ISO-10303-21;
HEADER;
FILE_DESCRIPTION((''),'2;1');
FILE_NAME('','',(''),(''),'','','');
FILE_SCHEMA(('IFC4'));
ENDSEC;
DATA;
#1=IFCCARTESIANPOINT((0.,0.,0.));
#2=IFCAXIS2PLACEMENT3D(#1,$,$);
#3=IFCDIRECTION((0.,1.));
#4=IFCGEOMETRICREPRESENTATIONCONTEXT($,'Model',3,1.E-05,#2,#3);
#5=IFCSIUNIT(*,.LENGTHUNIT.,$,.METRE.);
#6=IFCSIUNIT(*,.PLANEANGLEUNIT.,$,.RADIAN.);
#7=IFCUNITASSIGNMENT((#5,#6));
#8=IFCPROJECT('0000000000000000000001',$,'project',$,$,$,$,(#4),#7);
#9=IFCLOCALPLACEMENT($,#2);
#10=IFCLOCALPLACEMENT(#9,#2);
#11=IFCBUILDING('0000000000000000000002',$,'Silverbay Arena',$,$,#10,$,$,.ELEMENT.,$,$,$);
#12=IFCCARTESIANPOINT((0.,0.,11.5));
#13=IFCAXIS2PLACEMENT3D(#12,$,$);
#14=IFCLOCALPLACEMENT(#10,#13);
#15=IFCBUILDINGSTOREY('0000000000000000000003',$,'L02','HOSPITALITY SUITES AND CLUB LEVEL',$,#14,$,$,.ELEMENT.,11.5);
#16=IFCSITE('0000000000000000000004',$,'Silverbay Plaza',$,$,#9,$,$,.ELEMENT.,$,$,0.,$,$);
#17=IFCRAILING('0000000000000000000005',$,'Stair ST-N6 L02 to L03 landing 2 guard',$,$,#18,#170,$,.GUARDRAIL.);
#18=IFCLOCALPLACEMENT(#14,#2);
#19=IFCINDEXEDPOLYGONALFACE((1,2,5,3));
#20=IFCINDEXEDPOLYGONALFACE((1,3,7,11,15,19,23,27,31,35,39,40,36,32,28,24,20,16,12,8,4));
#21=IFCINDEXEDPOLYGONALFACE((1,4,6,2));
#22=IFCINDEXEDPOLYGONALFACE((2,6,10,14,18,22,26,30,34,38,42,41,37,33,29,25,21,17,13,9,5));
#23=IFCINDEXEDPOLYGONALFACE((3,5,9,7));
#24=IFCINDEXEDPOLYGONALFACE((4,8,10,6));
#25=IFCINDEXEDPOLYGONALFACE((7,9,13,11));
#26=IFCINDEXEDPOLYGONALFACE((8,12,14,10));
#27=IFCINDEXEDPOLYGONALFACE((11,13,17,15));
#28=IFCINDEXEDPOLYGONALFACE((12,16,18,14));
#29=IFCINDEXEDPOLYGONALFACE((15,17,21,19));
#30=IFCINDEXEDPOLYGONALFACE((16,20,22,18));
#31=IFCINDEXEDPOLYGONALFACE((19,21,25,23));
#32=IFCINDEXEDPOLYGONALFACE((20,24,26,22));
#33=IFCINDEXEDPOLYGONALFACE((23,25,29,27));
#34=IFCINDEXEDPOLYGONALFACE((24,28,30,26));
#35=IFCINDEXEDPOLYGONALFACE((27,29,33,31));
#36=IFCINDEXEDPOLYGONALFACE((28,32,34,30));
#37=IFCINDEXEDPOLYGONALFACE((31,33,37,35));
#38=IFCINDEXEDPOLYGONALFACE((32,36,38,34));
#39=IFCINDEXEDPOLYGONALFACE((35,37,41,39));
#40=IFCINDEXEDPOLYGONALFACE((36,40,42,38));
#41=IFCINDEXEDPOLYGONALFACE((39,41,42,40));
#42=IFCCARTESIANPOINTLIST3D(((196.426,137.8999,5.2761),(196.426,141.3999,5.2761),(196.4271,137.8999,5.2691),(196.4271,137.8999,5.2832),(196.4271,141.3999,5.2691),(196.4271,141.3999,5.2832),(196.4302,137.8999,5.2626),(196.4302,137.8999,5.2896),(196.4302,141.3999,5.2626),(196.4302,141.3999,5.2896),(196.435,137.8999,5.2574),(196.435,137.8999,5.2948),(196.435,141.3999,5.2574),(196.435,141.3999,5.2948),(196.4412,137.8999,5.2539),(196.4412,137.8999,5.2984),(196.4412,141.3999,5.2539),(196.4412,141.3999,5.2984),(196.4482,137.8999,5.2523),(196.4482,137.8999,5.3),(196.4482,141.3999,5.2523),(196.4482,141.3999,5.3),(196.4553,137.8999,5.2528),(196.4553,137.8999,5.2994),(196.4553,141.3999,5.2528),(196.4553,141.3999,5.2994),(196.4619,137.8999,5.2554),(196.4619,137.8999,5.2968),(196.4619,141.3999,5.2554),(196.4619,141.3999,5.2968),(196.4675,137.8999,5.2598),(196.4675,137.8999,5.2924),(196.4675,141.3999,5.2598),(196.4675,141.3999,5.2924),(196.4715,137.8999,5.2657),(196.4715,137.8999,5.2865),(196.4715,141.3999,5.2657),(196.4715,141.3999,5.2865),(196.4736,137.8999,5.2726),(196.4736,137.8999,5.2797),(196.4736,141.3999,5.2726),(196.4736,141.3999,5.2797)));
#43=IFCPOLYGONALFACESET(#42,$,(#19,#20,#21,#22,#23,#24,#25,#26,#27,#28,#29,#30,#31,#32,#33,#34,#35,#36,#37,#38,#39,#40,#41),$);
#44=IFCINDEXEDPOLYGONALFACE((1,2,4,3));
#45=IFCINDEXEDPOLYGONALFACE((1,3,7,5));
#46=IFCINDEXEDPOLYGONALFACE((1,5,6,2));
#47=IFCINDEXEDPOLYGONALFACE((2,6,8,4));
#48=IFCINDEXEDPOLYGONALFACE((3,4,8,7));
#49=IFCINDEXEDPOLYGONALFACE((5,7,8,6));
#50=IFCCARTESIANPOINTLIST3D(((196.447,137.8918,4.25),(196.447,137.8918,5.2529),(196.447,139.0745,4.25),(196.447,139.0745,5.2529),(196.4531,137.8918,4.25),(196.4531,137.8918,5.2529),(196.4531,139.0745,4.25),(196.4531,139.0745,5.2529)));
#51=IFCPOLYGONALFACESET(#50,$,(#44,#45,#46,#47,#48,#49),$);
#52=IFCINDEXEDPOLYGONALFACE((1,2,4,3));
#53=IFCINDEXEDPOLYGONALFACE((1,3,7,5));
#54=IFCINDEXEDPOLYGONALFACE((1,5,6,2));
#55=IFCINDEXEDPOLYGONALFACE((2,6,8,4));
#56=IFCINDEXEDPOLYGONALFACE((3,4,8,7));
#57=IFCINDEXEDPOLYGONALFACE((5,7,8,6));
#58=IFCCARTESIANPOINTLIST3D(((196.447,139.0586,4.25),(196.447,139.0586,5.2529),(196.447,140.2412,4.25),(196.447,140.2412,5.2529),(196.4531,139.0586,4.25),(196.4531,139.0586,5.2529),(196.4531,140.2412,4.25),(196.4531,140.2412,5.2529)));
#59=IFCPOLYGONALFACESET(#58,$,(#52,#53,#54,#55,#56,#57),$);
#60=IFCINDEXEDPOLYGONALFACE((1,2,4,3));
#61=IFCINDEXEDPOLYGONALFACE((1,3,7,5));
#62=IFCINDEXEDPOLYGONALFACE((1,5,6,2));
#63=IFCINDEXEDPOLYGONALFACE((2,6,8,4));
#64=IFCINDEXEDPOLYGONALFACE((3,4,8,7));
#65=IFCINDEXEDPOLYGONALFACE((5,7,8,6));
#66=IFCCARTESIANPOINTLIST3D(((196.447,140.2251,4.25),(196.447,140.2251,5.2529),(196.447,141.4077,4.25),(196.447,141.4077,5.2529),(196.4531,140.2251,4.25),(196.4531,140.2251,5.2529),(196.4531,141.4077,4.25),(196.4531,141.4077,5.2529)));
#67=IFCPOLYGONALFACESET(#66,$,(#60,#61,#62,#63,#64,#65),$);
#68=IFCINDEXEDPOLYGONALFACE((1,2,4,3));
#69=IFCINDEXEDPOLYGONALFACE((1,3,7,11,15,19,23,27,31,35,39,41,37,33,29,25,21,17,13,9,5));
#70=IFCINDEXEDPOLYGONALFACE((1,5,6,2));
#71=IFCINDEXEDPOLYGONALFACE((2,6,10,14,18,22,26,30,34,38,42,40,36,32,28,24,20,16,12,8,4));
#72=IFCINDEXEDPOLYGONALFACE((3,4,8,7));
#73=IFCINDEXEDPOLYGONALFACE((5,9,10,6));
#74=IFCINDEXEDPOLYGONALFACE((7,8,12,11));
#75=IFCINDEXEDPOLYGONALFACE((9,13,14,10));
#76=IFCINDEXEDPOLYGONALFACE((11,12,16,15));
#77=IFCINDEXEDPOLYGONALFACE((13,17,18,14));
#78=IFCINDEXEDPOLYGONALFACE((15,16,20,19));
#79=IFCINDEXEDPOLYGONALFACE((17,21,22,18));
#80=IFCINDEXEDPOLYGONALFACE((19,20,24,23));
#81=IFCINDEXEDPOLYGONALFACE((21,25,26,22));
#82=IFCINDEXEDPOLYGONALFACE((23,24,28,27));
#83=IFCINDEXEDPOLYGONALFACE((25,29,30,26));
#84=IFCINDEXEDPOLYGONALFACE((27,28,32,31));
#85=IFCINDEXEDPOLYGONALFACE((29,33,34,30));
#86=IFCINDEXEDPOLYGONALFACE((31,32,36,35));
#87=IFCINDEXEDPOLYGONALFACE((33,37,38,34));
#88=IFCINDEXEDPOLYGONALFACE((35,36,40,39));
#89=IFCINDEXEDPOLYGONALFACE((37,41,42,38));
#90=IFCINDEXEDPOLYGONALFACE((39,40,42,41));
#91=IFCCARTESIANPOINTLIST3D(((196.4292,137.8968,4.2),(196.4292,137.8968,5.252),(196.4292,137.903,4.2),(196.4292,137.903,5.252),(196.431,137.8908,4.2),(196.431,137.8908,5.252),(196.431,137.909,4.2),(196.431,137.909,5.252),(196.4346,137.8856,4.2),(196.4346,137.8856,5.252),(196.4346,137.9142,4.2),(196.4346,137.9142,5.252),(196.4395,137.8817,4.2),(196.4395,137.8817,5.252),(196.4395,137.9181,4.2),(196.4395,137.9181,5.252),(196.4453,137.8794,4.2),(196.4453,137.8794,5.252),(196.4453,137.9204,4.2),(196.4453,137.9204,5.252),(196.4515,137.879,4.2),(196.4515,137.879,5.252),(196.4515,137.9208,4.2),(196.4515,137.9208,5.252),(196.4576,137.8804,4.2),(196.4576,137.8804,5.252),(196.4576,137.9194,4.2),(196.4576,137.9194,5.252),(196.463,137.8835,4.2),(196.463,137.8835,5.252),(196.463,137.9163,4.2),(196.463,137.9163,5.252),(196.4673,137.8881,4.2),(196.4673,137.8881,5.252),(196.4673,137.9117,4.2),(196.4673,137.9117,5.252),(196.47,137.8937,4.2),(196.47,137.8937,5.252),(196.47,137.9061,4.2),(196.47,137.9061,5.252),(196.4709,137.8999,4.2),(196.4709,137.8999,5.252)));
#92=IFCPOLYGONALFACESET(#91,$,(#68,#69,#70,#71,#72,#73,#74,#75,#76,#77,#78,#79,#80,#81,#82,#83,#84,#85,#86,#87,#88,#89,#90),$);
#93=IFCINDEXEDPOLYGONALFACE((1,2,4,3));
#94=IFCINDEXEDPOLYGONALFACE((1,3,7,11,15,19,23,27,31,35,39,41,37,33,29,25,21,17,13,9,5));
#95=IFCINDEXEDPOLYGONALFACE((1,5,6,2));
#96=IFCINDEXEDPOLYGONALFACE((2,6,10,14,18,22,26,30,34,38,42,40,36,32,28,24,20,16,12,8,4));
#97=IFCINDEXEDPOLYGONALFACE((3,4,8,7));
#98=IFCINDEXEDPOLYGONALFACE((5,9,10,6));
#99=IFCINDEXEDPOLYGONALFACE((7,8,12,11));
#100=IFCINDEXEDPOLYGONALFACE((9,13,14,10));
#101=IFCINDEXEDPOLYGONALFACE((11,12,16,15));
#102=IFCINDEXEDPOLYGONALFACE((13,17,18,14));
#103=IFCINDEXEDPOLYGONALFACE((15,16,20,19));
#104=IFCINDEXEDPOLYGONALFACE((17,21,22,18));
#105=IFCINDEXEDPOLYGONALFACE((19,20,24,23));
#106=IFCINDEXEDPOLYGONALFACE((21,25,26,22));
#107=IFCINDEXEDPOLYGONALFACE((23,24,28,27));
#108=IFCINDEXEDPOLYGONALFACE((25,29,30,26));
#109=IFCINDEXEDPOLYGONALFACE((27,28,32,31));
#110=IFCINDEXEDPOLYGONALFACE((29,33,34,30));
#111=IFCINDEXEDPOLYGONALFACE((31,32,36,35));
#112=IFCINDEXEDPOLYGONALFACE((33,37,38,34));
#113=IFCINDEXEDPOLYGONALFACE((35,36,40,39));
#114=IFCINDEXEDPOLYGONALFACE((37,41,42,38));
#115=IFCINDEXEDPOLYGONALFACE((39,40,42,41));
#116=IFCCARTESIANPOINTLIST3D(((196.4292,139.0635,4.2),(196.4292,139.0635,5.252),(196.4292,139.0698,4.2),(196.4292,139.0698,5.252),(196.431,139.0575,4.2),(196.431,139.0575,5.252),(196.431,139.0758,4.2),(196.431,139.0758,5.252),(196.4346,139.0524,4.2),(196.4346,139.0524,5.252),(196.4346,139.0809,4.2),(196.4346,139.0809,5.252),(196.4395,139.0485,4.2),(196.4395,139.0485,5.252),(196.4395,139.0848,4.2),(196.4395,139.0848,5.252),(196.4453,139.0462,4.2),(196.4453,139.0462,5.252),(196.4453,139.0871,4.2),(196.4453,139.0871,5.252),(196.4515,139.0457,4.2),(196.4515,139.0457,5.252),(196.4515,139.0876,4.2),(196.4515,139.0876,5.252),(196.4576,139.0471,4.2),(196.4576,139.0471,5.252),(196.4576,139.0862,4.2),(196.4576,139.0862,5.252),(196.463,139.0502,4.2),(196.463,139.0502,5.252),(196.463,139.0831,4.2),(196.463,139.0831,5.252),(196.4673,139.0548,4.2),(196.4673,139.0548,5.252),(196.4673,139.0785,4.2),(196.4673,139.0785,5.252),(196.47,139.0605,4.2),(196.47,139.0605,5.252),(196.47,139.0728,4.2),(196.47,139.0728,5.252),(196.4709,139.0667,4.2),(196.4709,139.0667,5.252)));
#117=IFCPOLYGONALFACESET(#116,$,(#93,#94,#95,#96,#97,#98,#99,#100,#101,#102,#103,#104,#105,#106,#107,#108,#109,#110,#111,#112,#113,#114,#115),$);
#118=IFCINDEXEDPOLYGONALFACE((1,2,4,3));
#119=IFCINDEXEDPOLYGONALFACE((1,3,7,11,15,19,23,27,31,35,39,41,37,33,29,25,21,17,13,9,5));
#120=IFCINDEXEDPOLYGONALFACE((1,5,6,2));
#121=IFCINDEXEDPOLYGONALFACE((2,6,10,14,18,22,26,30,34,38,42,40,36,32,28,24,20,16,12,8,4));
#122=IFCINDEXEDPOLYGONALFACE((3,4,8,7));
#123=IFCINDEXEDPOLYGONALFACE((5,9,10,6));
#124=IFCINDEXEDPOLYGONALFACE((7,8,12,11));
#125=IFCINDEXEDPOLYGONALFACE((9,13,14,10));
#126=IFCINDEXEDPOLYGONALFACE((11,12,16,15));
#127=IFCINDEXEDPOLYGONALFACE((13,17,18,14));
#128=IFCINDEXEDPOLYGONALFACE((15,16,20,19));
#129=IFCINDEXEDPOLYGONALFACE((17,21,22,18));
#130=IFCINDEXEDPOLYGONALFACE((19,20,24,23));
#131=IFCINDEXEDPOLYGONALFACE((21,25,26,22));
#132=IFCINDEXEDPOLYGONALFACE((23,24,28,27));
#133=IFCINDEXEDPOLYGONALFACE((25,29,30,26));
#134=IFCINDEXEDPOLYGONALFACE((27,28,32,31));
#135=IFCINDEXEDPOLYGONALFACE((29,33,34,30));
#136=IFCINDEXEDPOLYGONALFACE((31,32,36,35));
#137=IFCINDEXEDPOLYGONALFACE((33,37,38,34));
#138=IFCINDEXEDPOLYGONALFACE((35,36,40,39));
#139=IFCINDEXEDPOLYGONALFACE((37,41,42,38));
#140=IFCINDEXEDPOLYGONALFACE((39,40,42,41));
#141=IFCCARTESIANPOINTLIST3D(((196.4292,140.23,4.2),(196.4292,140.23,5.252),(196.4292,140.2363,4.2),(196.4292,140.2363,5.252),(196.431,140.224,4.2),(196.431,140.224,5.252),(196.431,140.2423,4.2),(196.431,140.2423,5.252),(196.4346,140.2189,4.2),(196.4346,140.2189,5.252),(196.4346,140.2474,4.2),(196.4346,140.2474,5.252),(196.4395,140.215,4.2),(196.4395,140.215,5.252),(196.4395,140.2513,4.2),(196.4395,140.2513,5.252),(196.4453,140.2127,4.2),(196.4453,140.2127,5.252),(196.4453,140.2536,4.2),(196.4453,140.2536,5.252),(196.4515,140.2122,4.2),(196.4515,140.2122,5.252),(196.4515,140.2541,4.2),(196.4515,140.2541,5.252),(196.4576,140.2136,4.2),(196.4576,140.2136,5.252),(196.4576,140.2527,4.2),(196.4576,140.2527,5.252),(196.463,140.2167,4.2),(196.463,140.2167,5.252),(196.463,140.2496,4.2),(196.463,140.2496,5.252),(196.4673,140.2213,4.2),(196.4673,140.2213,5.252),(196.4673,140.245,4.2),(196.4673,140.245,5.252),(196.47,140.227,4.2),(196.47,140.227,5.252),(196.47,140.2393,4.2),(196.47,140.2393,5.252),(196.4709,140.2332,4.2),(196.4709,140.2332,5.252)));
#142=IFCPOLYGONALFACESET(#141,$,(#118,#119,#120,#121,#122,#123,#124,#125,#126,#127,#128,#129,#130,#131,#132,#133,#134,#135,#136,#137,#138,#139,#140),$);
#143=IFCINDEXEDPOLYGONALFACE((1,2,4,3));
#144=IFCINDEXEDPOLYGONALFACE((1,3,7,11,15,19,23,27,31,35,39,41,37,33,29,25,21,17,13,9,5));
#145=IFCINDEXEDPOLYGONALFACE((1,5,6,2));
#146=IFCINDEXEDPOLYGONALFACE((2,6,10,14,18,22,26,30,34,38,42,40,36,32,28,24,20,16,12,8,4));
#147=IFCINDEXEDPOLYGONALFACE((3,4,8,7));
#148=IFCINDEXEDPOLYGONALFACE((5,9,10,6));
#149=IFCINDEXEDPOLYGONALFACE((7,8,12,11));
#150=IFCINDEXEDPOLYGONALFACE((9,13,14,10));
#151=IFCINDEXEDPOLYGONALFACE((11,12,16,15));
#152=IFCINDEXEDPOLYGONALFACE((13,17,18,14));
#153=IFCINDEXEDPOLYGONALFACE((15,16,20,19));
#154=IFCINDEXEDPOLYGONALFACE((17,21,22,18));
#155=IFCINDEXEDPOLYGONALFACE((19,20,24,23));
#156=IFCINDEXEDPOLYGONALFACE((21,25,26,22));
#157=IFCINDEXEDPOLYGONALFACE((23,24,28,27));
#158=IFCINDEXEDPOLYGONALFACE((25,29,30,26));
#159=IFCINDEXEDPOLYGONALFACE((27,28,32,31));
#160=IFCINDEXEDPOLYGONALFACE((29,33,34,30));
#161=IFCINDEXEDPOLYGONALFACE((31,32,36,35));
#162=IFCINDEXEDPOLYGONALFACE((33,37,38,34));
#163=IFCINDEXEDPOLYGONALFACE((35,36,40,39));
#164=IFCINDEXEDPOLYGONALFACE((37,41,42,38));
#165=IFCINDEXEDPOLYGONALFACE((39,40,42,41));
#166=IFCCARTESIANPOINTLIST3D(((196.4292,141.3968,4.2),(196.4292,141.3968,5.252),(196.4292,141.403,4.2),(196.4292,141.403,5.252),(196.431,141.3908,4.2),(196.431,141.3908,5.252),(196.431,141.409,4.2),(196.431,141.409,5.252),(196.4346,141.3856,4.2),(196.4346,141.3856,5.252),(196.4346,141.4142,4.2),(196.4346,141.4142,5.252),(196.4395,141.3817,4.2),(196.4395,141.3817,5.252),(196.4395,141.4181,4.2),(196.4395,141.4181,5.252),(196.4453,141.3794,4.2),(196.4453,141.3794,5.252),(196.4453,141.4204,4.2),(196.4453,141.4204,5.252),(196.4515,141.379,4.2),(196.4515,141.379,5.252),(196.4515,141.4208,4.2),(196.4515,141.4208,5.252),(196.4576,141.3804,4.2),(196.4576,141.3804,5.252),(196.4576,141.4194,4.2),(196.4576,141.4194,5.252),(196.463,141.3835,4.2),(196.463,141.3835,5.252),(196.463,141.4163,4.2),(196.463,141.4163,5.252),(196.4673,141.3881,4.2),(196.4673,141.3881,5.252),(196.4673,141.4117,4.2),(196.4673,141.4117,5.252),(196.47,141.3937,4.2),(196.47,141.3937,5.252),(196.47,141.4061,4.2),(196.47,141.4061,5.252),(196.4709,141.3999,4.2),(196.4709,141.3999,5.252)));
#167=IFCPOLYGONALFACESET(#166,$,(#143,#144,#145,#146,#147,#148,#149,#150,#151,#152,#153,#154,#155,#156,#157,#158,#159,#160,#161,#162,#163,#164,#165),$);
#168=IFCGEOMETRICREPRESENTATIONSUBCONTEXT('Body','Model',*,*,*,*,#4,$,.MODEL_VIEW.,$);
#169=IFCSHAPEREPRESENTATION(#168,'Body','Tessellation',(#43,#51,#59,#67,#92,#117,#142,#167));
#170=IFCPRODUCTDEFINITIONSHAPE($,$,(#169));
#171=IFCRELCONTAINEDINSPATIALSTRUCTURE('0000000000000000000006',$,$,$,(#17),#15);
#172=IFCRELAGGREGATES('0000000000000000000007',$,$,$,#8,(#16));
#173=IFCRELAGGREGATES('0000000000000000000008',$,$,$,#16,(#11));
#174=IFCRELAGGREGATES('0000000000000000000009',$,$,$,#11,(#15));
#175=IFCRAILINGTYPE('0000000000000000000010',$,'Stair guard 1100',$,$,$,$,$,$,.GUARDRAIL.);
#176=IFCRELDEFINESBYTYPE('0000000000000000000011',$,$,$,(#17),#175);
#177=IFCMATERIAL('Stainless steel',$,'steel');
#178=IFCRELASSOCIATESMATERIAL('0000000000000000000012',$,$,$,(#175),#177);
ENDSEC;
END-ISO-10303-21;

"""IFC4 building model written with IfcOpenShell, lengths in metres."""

from ifc_helpers import new_model, si_unit, direction, frame, origin, origin_2d, place, context, subcontext, project, spatial, polyline, circle, outline, extrude, material, type_object, element, save


model = new_model("IFC4")

# Units and contexts
model_context = context("Model", 3, precision=1e-05, world=origin(), true_north=direction((0.0, 1.0)))
body_context = subcontext(model_context, "Body", "Model", "MODEL_VIEW")
ifc_project = project(units=[si_unit("LENGTHUNIT", "METRE"), si_unit("PLANEANGLEUNIT", "RADIAN")], contexts=[model_context])

# Site, building, storey
site_placement = place(None, origin())
site = spatial("IfcSite", under=ifc_project, at=site_placement, Name="Silverbay Plaza", CompositionType="ELEMENT", RefElevation=0.0)
building_placement = place(site_placement, origin())
building = spatial("IfcBuilding", under=site, at=building_placement, Name="Silverbay Arena", CompositionType="ELEMENT")
storey_placement = place(building_placement, frame((0.0, 0.0, 11.5)))
storey = spatial("IfcBuildingStorey", under=building, at=storey_placement, Name="L02", Description="HOSPITALITY SUITES AND CLUB LEVEL", CompositionType="ELEMENT", Elevation=11.5)

# Railing
ifc_material_1 = material(Name="Stainless steel", Category="steel")
railing_type_1 = type_object("IfcRailingType", Name="Stair guard 1100", PredefinedType="GUARDRAIL", material=ifc_material_1)
for number, where, name in (
    (1, (196.45, 137.8999, 4.2), "Stair ST-N6 L02 to L03 landing 2 guard"),
):
    element("IfcRailing", number, at=place(storey_placement, frame(where)), inside=storey, type_object=railing_type_1, Name=name, PredefinedType="GUARDRAIL", context=body_context, shape_type="SweptSolid", body=[
        extrude(circle(Radius=0.0239, at=origin_2d()), frame((0.0, 0.0, 1.0762), z_axis=(0.0, 1.0, 0.0), x_axis=(-1.0, 0.0, 0.0)), (0.0, 0.0, 1.0), 3.5),
        extrude(outline(polyline([(-0.0081, 0.05), (1.1746, 0.05), (1.1746, 1.053), (-0.0081, 1.053), (-0.0081, 0.05)])), frame((-0.0029, 0.0, 0.0), z_axis=(1.0, 0.0, 0.0), x_axis=(0.0, 1.0, 0.0)), (0.0, 0.0, 1.0), 0.0061),
        extrude(outline(polyline([(-0.0081, 0.05), (1.1746, 0.05), (1.1746, 1.053), (-0.0081, 1.053), (-0.0081, 0.05)])), frame((-0.0029, 1.1667, 0.0), z_axis=(1.0, 0.0, 0.0), x_axis=(0.0, 1.0, 0.0)), (0.0, 0.0, 1.0), 0.0061),
        extrude(outline(polyline([(-0.0081, 0.05), (1.1746, 0.05), (1.1746, 1.053), (-0.0081, 1.053), (-0.0081, 0.05)])), frame((-0.0029, 2.3333, 0.0), z_axis=(1.0, 0.0, 0.0), x_axis=(0.0, 1.0, 0.0)), (0.0, 0.0, 1.0), 0.0061),
        extrude(circle(Radius=0.021, at=origin_2d()), origin(), (0.0, 0.0, 1.0), 1.052),
        extrude(circle(Radius=0.021, at=origin_2d()), frame((0.0, 1.1667, 0.0)), (0.0, 0.0, 1.0), 1.052),
        extrude(circle(Radius=0.021, at=origin_2d()), frame((0.0, 2.3333, 0.0)), (0.0, 0.0, 1.0), 1.052),
        extrude(circle(Radius=0.021, at=origin_2d()), frame((0.0, 3.5, 0.0)), (0.0, 0.0, 1.0), 1.052),
    ])

save(model, "model.ifc")
